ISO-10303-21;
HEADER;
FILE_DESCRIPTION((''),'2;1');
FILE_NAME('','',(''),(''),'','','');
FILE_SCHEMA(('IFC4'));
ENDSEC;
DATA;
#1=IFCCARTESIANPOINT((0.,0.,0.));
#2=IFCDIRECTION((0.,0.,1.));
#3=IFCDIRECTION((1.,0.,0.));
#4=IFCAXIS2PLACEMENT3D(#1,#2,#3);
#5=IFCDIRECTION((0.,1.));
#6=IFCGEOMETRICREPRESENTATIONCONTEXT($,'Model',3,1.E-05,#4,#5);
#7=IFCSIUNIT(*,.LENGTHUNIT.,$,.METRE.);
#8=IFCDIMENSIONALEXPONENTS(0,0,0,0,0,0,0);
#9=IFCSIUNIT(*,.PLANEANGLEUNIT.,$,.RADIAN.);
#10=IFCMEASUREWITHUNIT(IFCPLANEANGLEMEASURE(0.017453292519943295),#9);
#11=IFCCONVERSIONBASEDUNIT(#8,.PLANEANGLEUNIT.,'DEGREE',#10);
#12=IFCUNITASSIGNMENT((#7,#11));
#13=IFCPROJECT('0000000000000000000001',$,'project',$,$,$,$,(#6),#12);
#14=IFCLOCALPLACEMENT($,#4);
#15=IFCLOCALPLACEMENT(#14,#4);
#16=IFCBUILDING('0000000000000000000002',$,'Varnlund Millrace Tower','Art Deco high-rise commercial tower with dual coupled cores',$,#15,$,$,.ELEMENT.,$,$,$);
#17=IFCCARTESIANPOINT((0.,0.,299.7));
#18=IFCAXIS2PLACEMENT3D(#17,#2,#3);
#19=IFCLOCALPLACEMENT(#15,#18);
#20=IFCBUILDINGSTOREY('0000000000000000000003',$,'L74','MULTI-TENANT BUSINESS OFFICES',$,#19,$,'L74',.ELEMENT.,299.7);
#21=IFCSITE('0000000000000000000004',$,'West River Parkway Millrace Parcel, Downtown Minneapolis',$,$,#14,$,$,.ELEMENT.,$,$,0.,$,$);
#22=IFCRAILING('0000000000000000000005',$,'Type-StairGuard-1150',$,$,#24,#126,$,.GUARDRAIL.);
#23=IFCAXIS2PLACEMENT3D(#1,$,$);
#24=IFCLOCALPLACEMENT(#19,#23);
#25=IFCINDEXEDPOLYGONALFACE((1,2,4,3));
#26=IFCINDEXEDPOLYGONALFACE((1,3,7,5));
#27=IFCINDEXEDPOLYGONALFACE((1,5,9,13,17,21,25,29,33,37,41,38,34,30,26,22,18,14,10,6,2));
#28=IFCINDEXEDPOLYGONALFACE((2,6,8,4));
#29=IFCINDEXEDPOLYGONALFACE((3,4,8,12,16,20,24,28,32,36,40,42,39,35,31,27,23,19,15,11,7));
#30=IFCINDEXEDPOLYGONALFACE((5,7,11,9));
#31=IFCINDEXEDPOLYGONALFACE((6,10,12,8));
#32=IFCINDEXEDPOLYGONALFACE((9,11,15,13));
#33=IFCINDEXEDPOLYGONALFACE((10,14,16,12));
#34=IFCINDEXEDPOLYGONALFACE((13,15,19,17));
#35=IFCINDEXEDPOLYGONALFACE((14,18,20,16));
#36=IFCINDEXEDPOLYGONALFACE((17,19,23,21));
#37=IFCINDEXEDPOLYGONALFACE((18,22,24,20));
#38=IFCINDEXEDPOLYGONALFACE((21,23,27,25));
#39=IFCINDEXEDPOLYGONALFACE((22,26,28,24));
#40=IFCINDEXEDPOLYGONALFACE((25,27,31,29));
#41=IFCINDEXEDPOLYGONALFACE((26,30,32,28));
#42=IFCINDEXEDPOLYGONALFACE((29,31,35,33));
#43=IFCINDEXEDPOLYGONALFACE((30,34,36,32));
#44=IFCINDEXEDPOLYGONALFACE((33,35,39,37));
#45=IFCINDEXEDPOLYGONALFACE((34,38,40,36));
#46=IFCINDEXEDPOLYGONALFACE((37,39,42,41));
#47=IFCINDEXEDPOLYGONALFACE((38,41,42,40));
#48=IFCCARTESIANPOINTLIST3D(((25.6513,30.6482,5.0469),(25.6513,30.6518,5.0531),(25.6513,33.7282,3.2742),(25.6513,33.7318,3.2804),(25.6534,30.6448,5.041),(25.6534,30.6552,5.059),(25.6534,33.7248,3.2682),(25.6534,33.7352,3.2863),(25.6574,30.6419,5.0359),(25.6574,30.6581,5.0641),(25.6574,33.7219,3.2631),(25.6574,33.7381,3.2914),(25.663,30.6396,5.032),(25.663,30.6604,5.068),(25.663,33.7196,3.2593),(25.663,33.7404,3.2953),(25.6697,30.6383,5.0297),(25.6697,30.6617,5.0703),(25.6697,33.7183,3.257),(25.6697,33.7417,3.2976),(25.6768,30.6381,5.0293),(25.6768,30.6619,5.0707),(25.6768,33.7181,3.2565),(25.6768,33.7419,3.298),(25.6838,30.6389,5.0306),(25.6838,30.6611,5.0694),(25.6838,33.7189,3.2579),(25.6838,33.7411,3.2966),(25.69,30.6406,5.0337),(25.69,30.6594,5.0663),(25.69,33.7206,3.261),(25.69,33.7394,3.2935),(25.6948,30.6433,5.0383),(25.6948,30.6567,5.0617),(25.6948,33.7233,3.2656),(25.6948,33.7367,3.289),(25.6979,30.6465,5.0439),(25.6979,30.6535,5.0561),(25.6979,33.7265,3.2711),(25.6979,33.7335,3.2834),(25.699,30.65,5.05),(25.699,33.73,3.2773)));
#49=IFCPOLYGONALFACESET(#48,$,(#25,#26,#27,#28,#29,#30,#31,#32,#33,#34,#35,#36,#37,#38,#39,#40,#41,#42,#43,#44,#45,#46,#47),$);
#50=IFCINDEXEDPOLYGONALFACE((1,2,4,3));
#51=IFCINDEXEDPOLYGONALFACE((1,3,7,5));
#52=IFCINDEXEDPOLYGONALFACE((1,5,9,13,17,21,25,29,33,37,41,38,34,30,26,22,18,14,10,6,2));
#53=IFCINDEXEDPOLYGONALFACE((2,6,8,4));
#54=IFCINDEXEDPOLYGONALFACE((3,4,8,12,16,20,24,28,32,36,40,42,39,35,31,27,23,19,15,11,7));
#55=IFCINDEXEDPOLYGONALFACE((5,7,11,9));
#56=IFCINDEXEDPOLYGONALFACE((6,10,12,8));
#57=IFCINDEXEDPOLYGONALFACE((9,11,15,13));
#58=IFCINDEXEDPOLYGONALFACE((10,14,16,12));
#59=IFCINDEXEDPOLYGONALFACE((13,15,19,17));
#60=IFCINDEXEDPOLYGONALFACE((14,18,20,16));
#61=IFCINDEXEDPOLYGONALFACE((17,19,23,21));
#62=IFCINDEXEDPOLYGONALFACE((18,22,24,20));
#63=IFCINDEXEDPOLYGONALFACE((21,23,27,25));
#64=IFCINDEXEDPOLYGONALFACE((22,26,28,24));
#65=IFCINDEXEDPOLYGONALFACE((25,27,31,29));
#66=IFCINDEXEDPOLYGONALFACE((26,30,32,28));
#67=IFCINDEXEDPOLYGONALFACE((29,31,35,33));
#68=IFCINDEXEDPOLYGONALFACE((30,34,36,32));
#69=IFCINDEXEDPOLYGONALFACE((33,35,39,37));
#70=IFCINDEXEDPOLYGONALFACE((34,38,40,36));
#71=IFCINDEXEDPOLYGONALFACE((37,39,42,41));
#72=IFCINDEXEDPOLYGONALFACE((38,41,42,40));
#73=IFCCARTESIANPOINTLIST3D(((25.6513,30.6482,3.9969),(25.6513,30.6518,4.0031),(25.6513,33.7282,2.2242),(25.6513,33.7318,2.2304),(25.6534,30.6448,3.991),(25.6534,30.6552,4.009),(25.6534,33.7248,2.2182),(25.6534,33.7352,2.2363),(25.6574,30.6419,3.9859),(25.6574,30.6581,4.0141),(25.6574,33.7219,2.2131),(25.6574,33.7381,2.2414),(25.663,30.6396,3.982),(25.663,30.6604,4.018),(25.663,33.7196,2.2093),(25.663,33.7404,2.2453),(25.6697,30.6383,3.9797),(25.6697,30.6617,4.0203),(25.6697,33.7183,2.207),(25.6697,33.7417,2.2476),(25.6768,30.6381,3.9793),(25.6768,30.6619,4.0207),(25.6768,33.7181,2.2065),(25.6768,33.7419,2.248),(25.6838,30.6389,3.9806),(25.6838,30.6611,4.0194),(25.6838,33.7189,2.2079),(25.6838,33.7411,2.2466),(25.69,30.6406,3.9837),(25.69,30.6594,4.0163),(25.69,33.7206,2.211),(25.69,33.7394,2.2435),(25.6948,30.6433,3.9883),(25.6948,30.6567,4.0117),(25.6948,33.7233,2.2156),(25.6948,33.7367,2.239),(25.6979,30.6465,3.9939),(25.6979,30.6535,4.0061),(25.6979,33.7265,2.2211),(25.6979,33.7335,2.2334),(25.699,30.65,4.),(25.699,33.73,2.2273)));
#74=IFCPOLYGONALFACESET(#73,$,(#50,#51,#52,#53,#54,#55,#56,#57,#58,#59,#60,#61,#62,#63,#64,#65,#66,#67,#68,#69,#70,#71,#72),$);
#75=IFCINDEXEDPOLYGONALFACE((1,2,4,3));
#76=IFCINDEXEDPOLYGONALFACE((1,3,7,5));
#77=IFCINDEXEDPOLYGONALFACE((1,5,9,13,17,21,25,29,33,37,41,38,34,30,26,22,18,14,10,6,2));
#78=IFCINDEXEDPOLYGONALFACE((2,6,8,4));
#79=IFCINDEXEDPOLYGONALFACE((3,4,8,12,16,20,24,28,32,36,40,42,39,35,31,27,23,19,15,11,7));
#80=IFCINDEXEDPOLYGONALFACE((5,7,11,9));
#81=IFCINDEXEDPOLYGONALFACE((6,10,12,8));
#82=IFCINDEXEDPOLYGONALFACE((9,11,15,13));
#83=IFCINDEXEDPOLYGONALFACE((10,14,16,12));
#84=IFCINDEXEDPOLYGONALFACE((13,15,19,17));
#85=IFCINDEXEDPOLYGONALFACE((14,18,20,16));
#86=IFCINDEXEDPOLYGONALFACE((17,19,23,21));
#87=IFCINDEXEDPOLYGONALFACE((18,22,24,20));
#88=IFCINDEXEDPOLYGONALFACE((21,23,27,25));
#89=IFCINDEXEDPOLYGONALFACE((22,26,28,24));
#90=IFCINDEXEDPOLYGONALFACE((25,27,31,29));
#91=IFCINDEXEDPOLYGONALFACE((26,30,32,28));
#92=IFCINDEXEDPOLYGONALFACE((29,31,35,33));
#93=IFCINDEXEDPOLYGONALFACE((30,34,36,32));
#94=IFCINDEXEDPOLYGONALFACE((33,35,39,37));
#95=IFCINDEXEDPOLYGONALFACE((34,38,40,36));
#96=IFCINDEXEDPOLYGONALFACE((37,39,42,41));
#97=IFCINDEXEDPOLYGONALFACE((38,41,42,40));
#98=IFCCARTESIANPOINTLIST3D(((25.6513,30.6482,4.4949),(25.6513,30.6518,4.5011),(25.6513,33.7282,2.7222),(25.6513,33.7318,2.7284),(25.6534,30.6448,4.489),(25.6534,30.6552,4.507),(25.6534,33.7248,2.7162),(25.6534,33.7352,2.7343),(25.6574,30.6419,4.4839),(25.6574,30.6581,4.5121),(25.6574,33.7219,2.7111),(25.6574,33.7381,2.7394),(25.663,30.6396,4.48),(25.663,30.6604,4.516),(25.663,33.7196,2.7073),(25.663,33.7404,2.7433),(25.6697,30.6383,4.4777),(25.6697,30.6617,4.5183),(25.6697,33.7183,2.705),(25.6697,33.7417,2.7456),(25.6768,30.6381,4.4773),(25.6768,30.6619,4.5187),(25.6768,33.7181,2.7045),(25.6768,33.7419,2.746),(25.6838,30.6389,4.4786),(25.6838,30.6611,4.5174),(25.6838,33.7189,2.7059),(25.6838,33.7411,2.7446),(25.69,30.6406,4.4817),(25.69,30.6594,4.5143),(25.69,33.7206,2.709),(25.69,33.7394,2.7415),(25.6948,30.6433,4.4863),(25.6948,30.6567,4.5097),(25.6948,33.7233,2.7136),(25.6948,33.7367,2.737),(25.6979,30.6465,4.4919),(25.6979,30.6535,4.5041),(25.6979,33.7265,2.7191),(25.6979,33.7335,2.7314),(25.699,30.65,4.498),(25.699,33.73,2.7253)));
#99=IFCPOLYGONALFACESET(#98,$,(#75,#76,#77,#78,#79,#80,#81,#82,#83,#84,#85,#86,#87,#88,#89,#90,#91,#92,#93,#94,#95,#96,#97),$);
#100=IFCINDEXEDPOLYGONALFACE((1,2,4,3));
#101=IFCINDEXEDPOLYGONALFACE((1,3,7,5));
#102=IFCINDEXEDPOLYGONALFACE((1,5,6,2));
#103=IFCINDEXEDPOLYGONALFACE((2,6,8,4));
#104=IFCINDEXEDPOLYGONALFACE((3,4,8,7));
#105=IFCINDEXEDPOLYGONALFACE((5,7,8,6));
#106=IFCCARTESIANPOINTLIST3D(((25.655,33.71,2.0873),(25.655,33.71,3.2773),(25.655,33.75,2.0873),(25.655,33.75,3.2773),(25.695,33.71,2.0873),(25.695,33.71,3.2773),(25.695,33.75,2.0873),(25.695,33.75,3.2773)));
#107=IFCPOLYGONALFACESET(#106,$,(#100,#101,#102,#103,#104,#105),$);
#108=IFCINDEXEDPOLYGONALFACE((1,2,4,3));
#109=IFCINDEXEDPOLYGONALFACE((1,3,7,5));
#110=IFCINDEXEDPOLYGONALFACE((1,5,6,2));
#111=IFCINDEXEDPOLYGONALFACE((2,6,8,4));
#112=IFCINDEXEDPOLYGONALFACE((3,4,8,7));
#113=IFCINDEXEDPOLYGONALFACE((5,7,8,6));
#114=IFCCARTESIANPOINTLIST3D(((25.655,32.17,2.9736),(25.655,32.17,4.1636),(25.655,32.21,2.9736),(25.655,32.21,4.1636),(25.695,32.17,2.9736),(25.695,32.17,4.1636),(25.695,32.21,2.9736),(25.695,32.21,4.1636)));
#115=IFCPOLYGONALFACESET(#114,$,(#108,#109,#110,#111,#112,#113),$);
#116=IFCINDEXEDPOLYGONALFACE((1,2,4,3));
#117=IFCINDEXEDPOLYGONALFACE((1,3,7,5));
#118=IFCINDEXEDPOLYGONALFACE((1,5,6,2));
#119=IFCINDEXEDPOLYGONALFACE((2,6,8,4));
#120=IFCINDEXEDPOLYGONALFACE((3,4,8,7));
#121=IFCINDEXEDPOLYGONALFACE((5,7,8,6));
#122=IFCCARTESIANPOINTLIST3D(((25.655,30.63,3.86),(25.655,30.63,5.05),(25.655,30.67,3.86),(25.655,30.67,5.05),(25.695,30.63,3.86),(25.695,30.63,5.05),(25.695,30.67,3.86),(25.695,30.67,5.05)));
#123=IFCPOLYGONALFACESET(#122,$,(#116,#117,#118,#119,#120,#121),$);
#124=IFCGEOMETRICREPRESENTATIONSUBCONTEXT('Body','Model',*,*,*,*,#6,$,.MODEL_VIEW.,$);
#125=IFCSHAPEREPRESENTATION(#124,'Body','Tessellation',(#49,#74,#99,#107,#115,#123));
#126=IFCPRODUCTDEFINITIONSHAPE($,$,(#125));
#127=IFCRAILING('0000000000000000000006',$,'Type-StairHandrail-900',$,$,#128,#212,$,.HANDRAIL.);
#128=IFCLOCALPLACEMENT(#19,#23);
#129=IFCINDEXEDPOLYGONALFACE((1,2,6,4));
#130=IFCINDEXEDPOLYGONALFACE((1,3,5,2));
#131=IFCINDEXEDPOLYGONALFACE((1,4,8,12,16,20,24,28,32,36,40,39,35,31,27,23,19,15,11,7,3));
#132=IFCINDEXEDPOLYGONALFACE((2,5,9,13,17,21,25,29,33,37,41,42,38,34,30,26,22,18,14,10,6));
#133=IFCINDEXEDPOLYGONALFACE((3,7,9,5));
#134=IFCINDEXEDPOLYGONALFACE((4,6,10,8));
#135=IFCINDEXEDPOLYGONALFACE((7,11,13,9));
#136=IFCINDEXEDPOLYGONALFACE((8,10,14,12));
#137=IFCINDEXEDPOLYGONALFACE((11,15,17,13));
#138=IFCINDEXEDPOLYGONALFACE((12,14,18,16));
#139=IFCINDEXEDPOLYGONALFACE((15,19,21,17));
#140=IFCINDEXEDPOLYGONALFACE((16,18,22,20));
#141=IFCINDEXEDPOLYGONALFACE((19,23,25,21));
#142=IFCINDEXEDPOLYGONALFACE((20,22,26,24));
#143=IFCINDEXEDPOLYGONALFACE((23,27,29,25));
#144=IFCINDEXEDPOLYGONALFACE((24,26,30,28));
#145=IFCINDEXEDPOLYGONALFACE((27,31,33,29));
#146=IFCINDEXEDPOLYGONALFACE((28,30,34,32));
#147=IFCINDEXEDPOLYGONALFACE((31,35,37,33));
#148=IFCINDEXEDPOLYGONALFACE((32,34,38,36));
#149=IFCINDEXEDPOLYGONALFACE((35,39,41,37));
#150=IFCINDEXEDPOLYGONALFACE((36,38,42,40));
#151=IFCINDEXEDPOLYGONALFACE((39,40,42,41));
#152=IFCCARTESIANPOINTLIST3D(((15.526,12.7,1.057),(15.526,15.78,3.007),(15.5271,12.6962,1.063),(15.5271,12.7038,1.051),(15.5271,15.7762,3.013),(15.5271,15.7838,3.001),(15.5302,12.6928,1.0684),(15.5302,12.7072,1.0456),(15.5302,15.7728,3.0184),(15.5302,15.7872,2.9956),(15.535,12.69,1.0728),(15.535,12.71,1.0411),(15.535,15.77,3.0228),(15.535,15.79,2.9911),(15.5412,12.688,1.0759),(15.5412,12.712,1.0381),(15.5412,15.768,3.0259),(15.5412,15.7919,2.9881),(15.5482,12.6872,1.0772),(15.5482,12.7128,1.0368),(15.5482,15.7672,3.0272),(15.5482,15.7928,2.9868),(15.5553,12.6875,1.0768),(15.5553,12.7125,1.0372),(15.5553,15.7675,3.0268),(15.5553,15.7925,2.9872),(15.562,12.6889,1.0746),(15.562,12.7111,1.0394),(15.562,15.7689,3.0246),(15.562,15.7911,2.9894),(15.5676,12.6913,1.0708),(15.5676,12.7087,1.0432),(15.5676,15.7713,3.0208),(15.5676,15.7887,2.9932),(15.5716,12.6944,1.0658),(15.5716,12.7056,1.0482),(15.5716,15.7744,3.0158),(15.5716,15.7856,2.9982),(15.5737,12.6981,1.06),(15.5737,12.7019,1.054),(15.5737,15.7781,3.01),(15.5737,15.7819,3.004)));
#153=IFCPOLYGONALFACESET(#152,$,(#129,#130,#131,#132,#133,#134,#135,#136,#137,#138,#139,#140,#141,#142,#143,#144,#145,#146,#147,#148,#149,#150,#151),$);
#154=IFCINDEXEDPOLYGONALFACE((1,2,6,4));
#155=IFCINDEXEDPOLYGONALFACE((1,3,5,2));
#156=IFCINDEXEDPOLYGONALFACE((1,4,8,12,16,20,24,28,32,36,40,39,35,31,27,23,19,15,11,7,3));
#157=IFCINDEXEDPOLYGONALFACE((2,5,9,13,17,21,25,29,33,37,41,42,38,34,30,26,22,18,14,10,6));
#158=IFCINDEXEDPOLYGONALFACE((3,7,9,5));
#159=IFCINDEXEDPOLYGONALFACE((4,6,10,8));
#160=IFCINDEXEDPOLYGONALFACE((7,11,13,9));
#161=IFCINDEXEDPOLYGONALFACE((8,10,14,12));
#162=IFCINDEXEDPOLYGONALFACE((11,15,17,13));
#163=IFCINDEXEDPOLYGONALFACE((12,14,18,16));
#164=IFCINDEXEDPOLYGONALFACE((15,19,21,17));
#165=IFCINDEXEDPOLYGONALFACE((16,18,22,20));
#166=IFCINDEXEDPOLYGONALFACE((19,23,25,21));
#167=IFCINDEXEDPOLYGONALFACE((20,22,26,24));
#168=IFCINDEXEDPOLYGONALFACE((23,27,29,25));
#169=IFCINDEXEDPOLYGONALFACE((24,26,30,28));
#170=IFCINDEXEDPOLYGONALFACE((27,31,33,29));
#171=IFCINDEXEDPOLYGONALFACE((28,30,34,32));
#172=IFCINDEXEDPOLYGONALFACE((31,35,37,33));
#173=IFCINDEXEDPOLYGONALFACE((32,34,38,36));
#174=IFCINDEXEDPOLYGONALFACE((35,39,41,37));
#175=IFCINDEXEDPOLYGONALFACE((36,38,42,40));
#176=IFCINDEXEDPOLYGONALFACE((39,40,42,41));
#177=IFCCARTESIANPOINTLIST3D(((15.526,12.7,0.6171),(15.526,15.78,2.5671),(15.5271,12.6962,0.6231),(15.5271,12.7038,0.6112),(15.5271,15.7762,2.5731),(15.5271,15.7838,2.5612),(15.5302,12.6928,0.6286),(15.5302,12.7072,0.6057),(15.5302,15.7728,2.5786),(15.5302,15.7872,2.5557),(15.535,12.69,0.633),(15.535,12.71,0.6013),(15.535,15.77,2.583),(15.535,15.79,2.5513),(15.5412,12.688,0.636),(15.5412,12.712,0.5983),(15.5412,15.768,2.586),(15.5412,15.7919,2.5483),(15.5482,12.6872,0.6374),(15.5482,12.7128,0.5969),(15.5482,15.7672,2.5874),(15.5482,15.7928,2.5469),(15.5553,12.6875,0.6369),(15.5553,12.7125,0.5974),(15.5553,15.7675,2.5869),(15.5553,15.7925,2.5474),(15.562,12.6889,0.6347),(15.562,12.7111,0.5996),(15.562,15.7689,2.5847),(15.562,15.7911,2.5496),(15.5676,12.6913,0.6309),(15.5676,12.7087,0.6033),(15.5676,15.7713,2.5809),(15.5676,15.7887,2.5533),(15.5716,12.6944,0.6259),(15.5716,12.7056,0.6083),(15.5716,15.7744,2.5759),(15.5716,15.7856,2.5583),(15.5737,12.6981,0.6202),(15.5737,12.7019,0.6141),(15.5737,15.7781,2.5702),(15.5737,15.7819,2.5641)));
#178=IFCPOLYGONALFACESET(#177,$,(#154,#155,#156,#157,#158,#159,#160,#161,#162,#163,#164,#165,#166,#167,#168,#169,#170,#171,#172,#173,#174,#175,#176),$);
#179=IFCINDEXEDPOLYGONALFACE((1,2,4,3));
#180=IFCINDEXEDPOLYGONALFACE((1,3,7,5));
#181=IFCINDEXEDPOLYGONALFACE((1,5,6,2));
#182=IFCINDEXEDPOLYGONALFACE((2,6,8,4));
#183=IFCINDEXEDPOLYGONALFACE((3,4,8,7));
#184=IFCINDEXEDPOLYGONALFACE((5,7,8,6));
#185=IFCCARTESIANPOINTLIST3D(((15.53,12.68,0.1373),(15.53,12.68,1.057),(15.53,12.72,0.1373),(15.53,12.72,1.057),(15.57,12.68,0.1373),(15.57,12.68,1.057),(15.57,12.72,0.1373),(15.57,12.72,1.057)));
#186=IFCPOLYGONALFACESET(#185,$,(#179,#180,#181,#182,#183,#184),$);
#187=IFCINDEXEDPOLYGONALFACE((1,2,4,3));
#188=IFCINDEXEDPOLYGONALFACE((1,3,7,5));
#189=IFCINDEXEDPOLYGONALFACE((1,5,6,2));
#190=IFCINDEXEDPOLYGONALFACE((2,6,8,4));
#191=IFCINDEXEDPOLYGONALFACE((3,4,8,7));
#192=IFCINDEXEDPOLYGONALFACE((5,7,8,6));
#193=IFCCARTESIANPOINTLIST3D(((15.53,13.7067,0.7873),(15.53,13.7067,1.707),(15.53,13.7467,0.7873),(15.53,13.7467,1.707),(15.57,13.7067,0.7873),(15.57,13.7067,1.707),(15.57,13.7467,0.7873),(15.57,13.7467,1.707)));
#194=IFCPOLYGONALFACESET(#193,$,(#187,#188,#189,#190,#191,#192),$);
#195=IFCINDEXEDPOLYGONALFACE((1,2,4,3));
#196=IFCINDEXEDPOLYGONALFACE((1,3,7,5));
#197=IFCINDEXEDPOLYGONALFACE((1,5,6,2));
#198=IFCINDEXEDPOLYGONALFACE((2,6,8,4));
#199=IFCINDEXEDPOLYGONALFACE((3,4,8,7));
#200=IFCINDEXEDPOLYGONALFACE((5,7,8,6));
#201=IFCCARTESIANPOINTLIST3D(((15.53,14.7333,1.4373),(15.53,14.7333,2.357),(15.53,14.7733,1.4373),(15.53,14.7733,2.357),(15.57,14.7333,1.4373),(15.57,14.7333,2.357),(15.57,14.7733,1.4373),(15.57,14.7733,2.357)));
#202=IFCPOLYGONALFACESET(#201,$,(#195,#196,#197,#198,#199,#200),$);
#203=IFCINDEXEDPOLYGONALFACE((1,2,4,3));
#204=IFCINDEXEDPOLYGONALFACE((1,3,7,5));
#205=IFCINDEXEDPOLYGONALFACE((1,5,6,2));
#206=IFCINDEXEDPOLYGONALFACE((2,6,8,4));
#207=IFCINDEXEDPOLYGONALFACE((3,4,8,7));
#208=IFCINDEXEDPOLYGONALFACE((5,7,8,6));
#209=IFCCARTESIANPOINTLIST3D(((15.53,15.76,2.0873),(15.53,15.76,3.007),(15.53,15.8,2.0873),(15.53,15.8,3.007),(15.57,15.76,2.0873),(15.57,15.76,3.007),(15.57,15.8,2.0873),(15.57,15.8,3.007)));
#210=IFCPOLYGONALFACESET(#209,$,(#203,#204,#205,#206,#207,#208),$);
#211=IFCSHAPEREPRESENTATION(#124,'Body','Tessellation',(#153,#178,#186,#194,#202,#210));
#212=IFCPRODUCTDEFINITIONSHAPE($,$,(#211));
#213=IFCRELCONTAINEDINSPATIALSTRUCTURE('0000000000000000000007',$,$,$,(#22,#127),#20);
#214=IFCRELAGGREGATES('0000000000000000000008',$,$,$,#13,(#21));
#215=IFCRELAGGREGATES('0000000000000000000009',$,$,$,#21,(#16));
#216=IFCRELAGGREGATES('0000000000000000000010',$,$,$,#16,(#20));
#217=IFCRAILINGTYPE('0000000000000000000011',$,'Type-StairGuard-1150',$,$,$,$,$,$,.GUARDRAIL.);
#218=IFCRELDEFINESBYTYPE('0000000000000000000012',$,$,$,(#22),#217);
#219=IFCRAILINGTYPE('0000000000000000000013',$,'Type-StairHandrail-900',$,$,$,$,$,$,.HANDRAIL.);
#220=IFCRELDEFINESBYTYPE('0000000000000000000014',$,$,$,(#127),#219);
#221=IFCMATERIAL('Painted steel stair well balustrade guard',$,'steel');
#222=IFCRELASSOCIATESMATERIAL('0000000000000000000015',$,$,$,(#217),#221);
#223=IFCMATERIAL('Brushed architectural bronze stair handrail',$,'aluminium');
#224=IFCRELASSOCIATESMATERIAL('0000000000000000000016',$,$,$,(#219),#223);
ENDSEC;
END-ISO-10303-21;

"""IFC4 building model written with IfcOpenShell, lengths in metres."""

from ifc_helpers import new_model, entity, si_unit, converted_unit, direction, frame, origin_with_axes, origin_2d_with_axis, place, context, subcontext, project, spatial, rectangle, circle, extrude, material, type_object, element, save


model = new_model("IFC4")

# Units and contexts
model_context = context("Model", 3, precision=1e-05, world=origin_with_axes(), true_north=direction((0.0, 1.0)))
body_context = subcontext(model_context, "Body", "Model", "MODEL_VIEW")
ifc_project = project(units=[si_unit("LENGTHUNIT", "METRE"), converted_unit("PLANEANGLEUNIT", "DEGREE", entity("IfcPlaneAngleMeasure", 0.017453292519943295), si_unit("PLANEANGLEUNIT", "RADIAN"), dimensions=[0, 0, 0, 0, 0, 0, 0])], contexts=[model_context])

# Site, building, storey
site_placement = place(None, origin_with_axes())
site = spatial("IfcSite", under=ifc_project, at=site_placement, Name="West River Parkway Millrace Parcel, Downtown Minneapolis", CompositionType="ELEMENT", RefElevation=0.0)
building_placement = place(site_placement, origin_with_axes())
building = spatial("IfcBuilding", under=site, at=building_placement, Name="Varnlund Millrace Tower", Description="Art Deco high-rise commercial tower with dual coupled cores", CompositionType="ELEMENT")
storey_placement = place(building_placement, frame((0.0, 0.0, 299.7), z_axis=(0.0, 0.0, 1.0), x_axis=(1.0, 0.0, 0.0)))
storey = spatial("IfcBuildingStorey", under=building, at=storey_placement, Name="L74", Description="MULTI-TENANT BUSINESS OFFICES", LongName="L74", CompositionType="ELEMENT", Elevation=299.7)

# Railings
ifc_material_1 = material(Name="Painted steel stair well balustrade guard", Category="steel")
railing_type_1 = type_object("IfcRailingType", Name="Type-StairGuard-1150", PredefinedType="GUARDRAIL", material=ifc_material_1)
railing_1_placement = place(storey_placement, frame((0.0, 0.0, -299.7), z_axis=(0.0, 0.0, 1.0), x_axis=(1.0, 0.0, 0.0)))
element("IfcRailing", 1, at=railing_1_placement, inside=storey, type_object=railing_type_1, Name="Type-StairGuard-1150", PredefinedType="GUARDRAIL", context=body_context, shape_type="SweptSolid", body=[
    extrude(circle(Radius=0.024, at=origin_2d_with_axis()), frame((25.675, 33.73, 302.9773), z_axis=(0.0, -0.866696, 0.498836), x_axis=(1.0, 0.0, 0.0)), (0.0, 0.0, 1.0), 3.5537),
    extrude(circle(Radius=0.024, at=origin_2d_with_axis()), frame((25.675, 33.73, 301.9273), z_axis=(0.0, -0.866696, 0.498836), x_axis=(1.0, 0.0, 0.0)), (0.0, 0.0, 1.0), 3.5537),
    extrude(circle(Radius=0.024, at=origin_2d_with_axis()), frame((25.675, 33.73, 302.4253), z_axis=(0.0, -0.866696, 0.498836), x_axis=(1.0, 0.0, 0.0)), (0.0, 0.0, 1.0), 3.5537),
    extrude(rectangle(XDim=0.04, YDim=0.04, at=origin_2d_with_axis()), frame((25.675, 33.73, 301.7873), z_axis=(0.0, 0.0, 1.0), x_axis=(1.0, 0.0, 0.0)), (0.0, 0.0, 1.0), 1.19),
    extrude(rectangle(XDim=0.04, YDim=0.04, at=origin_2d_with_axis()), frame((25.675, 32.19, 302.6736), z_axis=(0.0, 0.0, 1.0), x_axis=(1.0, 0.0, 0.0)), (0.0, 0.0, 1.0), 1.19),
    extrude(rectangle(XDim=0.04, YDim=0.04, at=origin_2d_with_axis()), frame((25.675, 30.65, 303.56), z_axis=(0.0, 0.0, 1.0), x_axis=(1.0, 0.0, 0.0)), (0.0, 0.0, 1.0), 1.19),
])
ifc_material_2 = material(Name="Brushed architectural bronze stair handrail", Category="aluminium")
railing_type_2 = type_object("IfcRailingType", Name="Type-StairHandrail-900", PredefinedType="HANDRAIL", material=ifc_material_2)
railing_2_placement = place(storey_placement, frame((0.0, 0.0, -299.7), z_axis=(0.0, 0.0, 1.0), x_axis=(1.0, 0.0, 0.0)))
element("IfcRailing", 2, at=railing_2_placement, inside=storey, type_object=railing_type_2, Name="Type-StairHandrail-900", PredefinedType="HANDRAIL", context=body_context, shape_type="SweptSolid", body=[
    extrude(circle(Radius=0.024, at=origin_2d_with_axis()), frame((15.55, 12.7, 300.757), z_axis=(0.0, 0.844902, 0.534922), x_axis=(-1.0, 0.0, 0.0)), (0.0, 0.0, 1.0), 3.6454),
    extrude(circle(Radius=0.024, at=origin_2d_with_axis()), frame((15.55, 12.7, 300.3171), z_axis=(0.0, 0.844902, 0.534922), x_axis=(-1.0, 0.0, 0.0)), (0.0, 0.0, 1.0), 3.6454),
    extrude(rectangle(XDim=0.04, YDim=0.04, at=origin_2d_with_axis()), frame((15.55, 12.7, 299.8373), z_axis=(0.0, 0.0, 1.0), x_axis=(1.0, 0.0, 0.0)), (0.0, 0.0, 1.0), 0.9197),
    extrude(rectangle(XDim=0.04, YDim=0.04, at=origin_2d_with_axis()), frame((15.55, 13.7267, 300.4873), z_axis=(0.0, 0.0, 1.0), x_axis=(1.0, 0.0, 0.0)), (0.0, 0.0, 1.0), 0.9197),
    extrude(rectangle(XDim=0.04, YDim=0.04, at=origin_2d_with_axis()), frame((15.55, 14.7533, 301.1373), z_axis=(0.0, 0.0, 1.0), x_axis=(1.0, 0.0, 0.0)), (0.0, 0.0, 1.0), 0.9197),
    extrude(rectangle(XDim=0.04, YDim=0.04, at=origin_2d_with_axis()), frame((15.55, 15.78, 301.7873), z_axis=(0.0, 0.0, 1.0), x_axis=(1.0, 0.0, 0.0)), (0.0, 0.0, 1.0), 0.9197),
])

save(model, "model.ifc")
